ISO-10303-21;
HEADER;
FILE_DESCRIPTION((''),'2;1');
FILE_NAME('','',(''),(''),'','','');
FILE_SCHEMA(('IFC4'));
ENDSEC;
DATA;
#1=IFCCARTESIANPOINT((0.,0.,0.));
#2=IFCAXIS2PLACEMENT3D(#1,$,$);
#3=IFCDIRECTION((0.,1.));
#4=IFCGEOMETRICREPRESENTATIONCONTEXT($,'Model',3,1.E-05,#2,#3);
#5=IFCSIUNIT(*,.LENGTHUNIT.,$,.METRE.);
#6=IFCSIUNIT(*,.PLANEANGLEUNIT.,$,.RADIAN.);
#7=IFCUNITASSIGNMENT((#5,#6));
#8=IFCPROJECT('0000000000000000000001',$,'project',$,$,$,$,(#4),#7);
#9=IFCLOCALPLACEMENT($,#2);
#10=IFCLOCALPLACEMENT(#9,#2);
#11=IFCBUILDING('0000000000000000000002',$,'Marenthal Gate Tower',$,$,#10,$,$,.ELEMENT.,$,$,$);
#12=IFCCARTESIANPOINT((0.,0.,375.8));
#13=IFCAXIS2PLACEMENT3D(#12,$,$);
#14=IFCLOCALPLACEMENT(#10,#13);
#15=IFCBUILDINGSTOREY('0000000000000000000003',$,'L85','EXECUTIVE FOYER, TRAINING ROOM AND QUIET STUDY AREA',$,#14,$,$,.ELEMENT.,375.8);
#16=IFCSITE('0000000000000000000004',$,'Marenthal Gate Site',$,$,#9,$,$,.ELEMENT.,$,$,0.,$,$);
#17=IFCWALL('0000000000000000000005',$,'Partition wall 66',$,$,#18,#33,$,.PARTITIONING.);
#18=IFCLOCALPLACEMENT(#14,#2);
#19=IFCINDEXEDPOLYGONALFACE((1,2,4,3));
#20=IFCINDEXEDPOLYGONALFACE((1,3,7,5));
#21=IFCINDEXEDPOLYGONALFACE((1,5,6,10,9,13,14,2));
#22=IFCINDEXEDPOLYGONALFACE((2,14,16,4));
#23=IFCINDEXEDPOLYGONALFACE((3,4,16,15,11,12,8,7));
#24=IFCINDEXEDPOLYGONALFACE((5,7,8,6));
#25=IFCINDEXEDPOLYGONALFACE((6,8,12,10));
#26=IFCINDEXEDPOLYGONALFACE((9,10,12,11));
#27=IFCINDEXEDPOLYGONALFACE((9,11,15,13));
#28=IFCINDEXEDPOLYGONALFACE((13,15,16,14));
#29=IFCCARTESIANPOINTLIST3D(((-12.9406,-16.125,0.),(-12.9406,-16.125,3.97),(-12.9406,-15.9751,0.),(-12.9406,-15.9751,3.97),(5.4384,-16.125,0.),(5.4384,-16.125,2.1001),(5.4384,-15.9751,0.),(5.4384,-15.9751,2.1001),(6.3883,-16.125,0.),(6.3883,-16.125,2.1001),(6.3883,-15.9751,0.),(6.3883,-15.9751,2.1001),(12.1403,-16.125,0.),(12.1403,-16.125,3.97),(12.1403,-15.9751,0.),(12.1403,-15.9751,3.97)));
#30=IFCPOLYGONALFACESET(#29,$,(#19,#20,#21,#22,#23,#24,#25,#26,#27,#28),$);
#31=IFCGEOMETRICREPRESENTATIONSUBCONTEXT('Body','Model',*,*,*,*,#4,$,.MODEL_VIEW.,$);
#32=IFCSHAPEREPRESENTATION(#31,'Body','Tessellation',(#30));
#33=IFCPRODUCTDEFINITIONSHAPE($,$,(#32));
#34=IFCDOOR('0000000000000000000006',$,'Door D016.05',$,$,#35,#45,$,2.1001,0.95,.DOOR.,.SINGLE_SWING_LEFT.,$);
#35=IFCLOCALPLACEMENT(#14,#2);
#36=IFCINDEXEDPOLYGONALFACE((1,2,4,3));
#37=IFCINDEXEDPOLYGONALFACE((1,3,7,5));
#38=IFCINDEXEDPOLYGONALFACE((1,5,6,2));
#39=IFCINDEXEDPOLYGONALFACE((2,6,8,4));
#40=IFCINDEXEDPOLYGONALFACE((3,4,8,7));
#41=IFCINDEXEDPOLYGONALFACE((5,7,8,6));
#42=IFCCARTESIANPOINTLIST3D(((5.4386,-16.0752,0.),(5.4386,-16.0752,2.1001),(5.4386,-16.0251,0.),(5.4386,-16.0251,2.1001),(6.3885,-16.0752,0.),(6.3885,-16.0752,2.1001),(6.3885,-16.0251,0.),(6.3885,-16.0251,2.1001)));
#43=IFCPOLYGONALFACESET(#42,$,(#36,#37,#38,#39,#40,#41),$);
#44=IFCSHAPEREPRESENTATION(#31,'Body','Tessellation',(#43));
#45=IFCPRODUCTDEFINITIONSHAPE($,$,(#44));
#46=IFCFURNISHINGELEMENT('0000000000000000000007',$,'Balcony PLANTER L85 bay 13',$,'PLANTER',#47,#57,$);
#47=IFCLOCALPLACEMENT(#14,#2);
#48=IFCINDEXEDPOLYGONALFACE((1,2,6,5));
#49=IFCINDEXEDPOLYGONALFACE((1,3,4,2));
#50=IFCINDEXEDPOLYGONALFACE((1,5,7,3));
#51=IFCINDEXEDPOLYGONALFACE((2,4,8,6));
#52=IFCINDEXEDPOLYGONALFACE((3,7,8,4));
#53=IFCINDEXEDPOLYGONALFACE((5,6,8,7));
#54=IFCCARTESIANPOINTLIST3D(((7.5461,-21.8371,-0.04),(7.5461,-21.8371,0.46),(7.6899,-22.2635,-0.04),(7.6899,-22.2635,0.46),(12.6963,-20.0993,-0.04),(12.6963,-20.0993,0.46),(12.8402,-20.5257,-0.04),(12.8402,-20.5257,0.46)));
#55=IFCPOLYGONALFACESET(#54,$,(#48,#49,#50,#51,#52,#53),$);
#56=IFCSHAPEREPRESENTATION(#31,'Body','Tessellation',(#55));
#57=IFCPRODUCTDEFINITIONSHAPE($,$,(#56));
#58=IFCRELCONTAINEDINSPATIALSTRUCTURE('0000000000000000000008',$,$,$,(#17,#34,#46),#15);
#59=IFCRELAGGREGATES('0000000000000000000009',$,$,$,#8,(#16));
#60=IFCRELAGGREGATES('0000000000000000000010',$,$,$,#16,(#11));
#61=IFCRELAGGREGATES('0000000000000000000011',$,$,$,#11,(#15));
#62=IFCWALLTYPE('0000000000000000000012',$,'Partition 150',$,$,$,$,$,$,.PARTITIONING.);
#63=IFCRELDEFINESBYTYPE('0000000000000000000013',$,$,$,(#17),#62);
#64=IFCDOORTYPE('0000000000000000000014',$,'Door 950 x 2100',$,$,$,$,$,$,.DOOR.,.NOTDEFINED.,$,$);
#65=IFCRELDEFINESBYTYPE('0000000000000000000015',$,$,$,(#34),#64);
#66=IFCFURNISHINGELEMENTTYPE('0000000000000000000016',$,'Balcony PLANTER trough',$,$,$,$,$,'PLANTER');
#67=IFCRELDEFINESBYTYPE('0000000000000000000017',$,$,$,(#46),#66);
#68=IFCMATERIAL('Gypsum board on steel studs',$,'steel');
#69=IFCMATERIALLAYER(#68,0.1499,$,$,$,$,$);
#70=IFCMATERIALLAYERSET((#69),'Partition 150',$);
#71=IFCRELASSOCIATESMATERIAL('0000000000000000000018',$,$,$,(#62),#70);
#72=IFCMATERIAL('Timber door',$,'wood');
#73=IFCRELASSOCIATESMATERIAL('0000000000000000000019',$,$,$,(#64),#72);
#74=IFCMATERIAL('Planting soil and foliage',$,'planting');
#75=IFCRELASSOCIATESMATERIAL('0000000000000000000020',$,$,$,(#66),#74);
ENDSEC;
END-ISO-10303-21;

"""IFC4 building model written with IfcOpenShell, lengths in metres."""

from ifc_helpers import new_model, si_unit, direction, frame, frame_2d, origin, origin_2d, place, context, subcontext, project, spatial, rectangle, extrude, material, layer, layer_set, type_object, element, fill, save


model = new_model("IFC4")

# Units and contexts
model_context = context("Model", 3, precision=1e-05, world=origin(), true_north=direction((0.0, 1.0)))
body_context = subcontext(model_context, "Body", "Model", "MODEL_VIEW")
ifc_project = project(units=[si_unit("LENGTHUNIT", "METRE"), si_unit("PLANEANGLEUNIT", "RADIAN")], contexts=[model_context])

# Site, building, storey
site_placement = place(None, origin())
site = spatial("IfcSite", under=ifc_project, at=site_placement, Name="Marenthal Gate Site", CompositionType="ELEMENT", RefElevation=0.0)
building_placement = place(site_placement, origin())
building = spatial("IfcBuilding", under=site, at=building_placement, Name="Marenthal Gate Tower", CompositionType="ELEMENT")
storey_placement = place(building_placement, frame((0.0, 0.0, 375.8)))
storey = spatial("IfcBuildingStorey", under=building, at=storey_placement, Name="L85", Description="EXECUTIVE FOYER, TRAINING ROOM AND QUIET STUDY AREA", CompositionType="ELEMENT", Elevation=375.8)

# Shared definitions
ifc_material_1 = material(Name="Gypsum board on steel studs", Category="steel")
ifc_layer_1 = layer(ifc_material_1, 0.1499)
ifc_layer_set_1 = layer_set([ifc_layer_1], Name="Partition 150")
wall_type_1 = type_object("IfcWallType", Name="Partition 150", PredefinedType="PARTITIONING", material=ifc_layer_set_1)

# Wall, opening, door
wall_1_placement = place(storey_placement, frame((12.1404, -16.05, 0.0), z_axis=(0.0, 0.0, 1.0), x_axis=(-1.0, 0.0, 0.0)))
wall_1 = element("IfcWall", 1, at=wall_1_placement, inside=storey, type_object=wall_type_1, Name="Partition wall 66", PredefinedType="PARTITIONING", context=body_context, shape_type="SweptSolid", body=[
    extrude(rectangle(XDim=25.0808, YDim=0.1499, at=frame_2d((12.5405, 0.0))), origin(), (0.0, 0.0, 1.0), 3.97),
])
opening_1_placement = place(wall_1_placement, frame((5.752, 0.0, 0.0)))
opening_1 = element("IfcOpeningElement", 2, at=opening_1_placement, cuts=wall_1, PredefinedType="OPENING", context=body_context, shape_type="SweptSolid", body=[
    extrude(rectangle(XDim=0.95, YDim=2.1001, at=frame_2d((0.4751, 1.05))), frame((0.0, 0.085, 0.0), z_axis=(0.0, -1.0, 0.0), x_axis=(1.0, 0.0, 0.0)), (0.0, 0.0, 1.0), 0.1699),
])
ifc_material_2 = material(Name="Timber door", Category="wood")
door_type_1 = type_object("IfcDoorType", Name="Door 950 x 2100", OperationType="NOTDEFINED", PredefinedType="DOOR", material=ifc_material_2)
door_1_placement = place(opening_1_placement, frame((0.95, 0.0, 0.0), z_axis=(0.0, 0.0, 1.0), x_axis=(-1.0, 0.0, 0.0)))
door_1 = element("IfcDoor", 3, at=door_1_placement, inside=storey, type_object=door_type_1, Name="Door D016.05", OperationType="SINGLE_SWING_LEFT", OverallHeight=2.1001, OverallWidth=0.95, PredefinedType="DOOR", context=body_context, shape_type="SweptSolid", body=[
    extrude(rectangle(XDim=0.95, YDim=2.1001, at=frame_2d((0.4751, 1.05))), frame((0.0, 0.0249, 0.0), z_axis=(0.0, -1.0, 0.0), x_axis=(1.0, 0.0, 0.0)), (0.0, 0.0, 1.0), 0.05),
])
fill(opening_1, door_1)

# Furnishing element
ifc_material_3 = material(Name="Planting soil and foliage", Category="planting")
furnishing_element_type = type_object("IfcFurnishingElementType", Name="Balcony PLANTER trough", ElementType="PLANTER", material=ifc_material_3)
furnishing_placement = place(storey_placement, frame((10.1931, -21.1814, -0.04), z_axis=(0.0, 0.0, 1.0), x_axis=(0.947516, 0.319708, 0.0)))
element("IfcFurnishingElement", 4, at=furnishing_placement, inside=storey, type_object=furnishing_element_type, Name="Balcony PLANTER L85 bay 13", ObjectType="PLANTER", context=body_context, shape_type="SweptSolid", body=[
    extrude(rectangle(XDim=5.4355, YDim=0.45, at=origin_2d()), origin(), (0.0, 0.0, 1.0), 0.5),
])

save(model, "model.ifc")
